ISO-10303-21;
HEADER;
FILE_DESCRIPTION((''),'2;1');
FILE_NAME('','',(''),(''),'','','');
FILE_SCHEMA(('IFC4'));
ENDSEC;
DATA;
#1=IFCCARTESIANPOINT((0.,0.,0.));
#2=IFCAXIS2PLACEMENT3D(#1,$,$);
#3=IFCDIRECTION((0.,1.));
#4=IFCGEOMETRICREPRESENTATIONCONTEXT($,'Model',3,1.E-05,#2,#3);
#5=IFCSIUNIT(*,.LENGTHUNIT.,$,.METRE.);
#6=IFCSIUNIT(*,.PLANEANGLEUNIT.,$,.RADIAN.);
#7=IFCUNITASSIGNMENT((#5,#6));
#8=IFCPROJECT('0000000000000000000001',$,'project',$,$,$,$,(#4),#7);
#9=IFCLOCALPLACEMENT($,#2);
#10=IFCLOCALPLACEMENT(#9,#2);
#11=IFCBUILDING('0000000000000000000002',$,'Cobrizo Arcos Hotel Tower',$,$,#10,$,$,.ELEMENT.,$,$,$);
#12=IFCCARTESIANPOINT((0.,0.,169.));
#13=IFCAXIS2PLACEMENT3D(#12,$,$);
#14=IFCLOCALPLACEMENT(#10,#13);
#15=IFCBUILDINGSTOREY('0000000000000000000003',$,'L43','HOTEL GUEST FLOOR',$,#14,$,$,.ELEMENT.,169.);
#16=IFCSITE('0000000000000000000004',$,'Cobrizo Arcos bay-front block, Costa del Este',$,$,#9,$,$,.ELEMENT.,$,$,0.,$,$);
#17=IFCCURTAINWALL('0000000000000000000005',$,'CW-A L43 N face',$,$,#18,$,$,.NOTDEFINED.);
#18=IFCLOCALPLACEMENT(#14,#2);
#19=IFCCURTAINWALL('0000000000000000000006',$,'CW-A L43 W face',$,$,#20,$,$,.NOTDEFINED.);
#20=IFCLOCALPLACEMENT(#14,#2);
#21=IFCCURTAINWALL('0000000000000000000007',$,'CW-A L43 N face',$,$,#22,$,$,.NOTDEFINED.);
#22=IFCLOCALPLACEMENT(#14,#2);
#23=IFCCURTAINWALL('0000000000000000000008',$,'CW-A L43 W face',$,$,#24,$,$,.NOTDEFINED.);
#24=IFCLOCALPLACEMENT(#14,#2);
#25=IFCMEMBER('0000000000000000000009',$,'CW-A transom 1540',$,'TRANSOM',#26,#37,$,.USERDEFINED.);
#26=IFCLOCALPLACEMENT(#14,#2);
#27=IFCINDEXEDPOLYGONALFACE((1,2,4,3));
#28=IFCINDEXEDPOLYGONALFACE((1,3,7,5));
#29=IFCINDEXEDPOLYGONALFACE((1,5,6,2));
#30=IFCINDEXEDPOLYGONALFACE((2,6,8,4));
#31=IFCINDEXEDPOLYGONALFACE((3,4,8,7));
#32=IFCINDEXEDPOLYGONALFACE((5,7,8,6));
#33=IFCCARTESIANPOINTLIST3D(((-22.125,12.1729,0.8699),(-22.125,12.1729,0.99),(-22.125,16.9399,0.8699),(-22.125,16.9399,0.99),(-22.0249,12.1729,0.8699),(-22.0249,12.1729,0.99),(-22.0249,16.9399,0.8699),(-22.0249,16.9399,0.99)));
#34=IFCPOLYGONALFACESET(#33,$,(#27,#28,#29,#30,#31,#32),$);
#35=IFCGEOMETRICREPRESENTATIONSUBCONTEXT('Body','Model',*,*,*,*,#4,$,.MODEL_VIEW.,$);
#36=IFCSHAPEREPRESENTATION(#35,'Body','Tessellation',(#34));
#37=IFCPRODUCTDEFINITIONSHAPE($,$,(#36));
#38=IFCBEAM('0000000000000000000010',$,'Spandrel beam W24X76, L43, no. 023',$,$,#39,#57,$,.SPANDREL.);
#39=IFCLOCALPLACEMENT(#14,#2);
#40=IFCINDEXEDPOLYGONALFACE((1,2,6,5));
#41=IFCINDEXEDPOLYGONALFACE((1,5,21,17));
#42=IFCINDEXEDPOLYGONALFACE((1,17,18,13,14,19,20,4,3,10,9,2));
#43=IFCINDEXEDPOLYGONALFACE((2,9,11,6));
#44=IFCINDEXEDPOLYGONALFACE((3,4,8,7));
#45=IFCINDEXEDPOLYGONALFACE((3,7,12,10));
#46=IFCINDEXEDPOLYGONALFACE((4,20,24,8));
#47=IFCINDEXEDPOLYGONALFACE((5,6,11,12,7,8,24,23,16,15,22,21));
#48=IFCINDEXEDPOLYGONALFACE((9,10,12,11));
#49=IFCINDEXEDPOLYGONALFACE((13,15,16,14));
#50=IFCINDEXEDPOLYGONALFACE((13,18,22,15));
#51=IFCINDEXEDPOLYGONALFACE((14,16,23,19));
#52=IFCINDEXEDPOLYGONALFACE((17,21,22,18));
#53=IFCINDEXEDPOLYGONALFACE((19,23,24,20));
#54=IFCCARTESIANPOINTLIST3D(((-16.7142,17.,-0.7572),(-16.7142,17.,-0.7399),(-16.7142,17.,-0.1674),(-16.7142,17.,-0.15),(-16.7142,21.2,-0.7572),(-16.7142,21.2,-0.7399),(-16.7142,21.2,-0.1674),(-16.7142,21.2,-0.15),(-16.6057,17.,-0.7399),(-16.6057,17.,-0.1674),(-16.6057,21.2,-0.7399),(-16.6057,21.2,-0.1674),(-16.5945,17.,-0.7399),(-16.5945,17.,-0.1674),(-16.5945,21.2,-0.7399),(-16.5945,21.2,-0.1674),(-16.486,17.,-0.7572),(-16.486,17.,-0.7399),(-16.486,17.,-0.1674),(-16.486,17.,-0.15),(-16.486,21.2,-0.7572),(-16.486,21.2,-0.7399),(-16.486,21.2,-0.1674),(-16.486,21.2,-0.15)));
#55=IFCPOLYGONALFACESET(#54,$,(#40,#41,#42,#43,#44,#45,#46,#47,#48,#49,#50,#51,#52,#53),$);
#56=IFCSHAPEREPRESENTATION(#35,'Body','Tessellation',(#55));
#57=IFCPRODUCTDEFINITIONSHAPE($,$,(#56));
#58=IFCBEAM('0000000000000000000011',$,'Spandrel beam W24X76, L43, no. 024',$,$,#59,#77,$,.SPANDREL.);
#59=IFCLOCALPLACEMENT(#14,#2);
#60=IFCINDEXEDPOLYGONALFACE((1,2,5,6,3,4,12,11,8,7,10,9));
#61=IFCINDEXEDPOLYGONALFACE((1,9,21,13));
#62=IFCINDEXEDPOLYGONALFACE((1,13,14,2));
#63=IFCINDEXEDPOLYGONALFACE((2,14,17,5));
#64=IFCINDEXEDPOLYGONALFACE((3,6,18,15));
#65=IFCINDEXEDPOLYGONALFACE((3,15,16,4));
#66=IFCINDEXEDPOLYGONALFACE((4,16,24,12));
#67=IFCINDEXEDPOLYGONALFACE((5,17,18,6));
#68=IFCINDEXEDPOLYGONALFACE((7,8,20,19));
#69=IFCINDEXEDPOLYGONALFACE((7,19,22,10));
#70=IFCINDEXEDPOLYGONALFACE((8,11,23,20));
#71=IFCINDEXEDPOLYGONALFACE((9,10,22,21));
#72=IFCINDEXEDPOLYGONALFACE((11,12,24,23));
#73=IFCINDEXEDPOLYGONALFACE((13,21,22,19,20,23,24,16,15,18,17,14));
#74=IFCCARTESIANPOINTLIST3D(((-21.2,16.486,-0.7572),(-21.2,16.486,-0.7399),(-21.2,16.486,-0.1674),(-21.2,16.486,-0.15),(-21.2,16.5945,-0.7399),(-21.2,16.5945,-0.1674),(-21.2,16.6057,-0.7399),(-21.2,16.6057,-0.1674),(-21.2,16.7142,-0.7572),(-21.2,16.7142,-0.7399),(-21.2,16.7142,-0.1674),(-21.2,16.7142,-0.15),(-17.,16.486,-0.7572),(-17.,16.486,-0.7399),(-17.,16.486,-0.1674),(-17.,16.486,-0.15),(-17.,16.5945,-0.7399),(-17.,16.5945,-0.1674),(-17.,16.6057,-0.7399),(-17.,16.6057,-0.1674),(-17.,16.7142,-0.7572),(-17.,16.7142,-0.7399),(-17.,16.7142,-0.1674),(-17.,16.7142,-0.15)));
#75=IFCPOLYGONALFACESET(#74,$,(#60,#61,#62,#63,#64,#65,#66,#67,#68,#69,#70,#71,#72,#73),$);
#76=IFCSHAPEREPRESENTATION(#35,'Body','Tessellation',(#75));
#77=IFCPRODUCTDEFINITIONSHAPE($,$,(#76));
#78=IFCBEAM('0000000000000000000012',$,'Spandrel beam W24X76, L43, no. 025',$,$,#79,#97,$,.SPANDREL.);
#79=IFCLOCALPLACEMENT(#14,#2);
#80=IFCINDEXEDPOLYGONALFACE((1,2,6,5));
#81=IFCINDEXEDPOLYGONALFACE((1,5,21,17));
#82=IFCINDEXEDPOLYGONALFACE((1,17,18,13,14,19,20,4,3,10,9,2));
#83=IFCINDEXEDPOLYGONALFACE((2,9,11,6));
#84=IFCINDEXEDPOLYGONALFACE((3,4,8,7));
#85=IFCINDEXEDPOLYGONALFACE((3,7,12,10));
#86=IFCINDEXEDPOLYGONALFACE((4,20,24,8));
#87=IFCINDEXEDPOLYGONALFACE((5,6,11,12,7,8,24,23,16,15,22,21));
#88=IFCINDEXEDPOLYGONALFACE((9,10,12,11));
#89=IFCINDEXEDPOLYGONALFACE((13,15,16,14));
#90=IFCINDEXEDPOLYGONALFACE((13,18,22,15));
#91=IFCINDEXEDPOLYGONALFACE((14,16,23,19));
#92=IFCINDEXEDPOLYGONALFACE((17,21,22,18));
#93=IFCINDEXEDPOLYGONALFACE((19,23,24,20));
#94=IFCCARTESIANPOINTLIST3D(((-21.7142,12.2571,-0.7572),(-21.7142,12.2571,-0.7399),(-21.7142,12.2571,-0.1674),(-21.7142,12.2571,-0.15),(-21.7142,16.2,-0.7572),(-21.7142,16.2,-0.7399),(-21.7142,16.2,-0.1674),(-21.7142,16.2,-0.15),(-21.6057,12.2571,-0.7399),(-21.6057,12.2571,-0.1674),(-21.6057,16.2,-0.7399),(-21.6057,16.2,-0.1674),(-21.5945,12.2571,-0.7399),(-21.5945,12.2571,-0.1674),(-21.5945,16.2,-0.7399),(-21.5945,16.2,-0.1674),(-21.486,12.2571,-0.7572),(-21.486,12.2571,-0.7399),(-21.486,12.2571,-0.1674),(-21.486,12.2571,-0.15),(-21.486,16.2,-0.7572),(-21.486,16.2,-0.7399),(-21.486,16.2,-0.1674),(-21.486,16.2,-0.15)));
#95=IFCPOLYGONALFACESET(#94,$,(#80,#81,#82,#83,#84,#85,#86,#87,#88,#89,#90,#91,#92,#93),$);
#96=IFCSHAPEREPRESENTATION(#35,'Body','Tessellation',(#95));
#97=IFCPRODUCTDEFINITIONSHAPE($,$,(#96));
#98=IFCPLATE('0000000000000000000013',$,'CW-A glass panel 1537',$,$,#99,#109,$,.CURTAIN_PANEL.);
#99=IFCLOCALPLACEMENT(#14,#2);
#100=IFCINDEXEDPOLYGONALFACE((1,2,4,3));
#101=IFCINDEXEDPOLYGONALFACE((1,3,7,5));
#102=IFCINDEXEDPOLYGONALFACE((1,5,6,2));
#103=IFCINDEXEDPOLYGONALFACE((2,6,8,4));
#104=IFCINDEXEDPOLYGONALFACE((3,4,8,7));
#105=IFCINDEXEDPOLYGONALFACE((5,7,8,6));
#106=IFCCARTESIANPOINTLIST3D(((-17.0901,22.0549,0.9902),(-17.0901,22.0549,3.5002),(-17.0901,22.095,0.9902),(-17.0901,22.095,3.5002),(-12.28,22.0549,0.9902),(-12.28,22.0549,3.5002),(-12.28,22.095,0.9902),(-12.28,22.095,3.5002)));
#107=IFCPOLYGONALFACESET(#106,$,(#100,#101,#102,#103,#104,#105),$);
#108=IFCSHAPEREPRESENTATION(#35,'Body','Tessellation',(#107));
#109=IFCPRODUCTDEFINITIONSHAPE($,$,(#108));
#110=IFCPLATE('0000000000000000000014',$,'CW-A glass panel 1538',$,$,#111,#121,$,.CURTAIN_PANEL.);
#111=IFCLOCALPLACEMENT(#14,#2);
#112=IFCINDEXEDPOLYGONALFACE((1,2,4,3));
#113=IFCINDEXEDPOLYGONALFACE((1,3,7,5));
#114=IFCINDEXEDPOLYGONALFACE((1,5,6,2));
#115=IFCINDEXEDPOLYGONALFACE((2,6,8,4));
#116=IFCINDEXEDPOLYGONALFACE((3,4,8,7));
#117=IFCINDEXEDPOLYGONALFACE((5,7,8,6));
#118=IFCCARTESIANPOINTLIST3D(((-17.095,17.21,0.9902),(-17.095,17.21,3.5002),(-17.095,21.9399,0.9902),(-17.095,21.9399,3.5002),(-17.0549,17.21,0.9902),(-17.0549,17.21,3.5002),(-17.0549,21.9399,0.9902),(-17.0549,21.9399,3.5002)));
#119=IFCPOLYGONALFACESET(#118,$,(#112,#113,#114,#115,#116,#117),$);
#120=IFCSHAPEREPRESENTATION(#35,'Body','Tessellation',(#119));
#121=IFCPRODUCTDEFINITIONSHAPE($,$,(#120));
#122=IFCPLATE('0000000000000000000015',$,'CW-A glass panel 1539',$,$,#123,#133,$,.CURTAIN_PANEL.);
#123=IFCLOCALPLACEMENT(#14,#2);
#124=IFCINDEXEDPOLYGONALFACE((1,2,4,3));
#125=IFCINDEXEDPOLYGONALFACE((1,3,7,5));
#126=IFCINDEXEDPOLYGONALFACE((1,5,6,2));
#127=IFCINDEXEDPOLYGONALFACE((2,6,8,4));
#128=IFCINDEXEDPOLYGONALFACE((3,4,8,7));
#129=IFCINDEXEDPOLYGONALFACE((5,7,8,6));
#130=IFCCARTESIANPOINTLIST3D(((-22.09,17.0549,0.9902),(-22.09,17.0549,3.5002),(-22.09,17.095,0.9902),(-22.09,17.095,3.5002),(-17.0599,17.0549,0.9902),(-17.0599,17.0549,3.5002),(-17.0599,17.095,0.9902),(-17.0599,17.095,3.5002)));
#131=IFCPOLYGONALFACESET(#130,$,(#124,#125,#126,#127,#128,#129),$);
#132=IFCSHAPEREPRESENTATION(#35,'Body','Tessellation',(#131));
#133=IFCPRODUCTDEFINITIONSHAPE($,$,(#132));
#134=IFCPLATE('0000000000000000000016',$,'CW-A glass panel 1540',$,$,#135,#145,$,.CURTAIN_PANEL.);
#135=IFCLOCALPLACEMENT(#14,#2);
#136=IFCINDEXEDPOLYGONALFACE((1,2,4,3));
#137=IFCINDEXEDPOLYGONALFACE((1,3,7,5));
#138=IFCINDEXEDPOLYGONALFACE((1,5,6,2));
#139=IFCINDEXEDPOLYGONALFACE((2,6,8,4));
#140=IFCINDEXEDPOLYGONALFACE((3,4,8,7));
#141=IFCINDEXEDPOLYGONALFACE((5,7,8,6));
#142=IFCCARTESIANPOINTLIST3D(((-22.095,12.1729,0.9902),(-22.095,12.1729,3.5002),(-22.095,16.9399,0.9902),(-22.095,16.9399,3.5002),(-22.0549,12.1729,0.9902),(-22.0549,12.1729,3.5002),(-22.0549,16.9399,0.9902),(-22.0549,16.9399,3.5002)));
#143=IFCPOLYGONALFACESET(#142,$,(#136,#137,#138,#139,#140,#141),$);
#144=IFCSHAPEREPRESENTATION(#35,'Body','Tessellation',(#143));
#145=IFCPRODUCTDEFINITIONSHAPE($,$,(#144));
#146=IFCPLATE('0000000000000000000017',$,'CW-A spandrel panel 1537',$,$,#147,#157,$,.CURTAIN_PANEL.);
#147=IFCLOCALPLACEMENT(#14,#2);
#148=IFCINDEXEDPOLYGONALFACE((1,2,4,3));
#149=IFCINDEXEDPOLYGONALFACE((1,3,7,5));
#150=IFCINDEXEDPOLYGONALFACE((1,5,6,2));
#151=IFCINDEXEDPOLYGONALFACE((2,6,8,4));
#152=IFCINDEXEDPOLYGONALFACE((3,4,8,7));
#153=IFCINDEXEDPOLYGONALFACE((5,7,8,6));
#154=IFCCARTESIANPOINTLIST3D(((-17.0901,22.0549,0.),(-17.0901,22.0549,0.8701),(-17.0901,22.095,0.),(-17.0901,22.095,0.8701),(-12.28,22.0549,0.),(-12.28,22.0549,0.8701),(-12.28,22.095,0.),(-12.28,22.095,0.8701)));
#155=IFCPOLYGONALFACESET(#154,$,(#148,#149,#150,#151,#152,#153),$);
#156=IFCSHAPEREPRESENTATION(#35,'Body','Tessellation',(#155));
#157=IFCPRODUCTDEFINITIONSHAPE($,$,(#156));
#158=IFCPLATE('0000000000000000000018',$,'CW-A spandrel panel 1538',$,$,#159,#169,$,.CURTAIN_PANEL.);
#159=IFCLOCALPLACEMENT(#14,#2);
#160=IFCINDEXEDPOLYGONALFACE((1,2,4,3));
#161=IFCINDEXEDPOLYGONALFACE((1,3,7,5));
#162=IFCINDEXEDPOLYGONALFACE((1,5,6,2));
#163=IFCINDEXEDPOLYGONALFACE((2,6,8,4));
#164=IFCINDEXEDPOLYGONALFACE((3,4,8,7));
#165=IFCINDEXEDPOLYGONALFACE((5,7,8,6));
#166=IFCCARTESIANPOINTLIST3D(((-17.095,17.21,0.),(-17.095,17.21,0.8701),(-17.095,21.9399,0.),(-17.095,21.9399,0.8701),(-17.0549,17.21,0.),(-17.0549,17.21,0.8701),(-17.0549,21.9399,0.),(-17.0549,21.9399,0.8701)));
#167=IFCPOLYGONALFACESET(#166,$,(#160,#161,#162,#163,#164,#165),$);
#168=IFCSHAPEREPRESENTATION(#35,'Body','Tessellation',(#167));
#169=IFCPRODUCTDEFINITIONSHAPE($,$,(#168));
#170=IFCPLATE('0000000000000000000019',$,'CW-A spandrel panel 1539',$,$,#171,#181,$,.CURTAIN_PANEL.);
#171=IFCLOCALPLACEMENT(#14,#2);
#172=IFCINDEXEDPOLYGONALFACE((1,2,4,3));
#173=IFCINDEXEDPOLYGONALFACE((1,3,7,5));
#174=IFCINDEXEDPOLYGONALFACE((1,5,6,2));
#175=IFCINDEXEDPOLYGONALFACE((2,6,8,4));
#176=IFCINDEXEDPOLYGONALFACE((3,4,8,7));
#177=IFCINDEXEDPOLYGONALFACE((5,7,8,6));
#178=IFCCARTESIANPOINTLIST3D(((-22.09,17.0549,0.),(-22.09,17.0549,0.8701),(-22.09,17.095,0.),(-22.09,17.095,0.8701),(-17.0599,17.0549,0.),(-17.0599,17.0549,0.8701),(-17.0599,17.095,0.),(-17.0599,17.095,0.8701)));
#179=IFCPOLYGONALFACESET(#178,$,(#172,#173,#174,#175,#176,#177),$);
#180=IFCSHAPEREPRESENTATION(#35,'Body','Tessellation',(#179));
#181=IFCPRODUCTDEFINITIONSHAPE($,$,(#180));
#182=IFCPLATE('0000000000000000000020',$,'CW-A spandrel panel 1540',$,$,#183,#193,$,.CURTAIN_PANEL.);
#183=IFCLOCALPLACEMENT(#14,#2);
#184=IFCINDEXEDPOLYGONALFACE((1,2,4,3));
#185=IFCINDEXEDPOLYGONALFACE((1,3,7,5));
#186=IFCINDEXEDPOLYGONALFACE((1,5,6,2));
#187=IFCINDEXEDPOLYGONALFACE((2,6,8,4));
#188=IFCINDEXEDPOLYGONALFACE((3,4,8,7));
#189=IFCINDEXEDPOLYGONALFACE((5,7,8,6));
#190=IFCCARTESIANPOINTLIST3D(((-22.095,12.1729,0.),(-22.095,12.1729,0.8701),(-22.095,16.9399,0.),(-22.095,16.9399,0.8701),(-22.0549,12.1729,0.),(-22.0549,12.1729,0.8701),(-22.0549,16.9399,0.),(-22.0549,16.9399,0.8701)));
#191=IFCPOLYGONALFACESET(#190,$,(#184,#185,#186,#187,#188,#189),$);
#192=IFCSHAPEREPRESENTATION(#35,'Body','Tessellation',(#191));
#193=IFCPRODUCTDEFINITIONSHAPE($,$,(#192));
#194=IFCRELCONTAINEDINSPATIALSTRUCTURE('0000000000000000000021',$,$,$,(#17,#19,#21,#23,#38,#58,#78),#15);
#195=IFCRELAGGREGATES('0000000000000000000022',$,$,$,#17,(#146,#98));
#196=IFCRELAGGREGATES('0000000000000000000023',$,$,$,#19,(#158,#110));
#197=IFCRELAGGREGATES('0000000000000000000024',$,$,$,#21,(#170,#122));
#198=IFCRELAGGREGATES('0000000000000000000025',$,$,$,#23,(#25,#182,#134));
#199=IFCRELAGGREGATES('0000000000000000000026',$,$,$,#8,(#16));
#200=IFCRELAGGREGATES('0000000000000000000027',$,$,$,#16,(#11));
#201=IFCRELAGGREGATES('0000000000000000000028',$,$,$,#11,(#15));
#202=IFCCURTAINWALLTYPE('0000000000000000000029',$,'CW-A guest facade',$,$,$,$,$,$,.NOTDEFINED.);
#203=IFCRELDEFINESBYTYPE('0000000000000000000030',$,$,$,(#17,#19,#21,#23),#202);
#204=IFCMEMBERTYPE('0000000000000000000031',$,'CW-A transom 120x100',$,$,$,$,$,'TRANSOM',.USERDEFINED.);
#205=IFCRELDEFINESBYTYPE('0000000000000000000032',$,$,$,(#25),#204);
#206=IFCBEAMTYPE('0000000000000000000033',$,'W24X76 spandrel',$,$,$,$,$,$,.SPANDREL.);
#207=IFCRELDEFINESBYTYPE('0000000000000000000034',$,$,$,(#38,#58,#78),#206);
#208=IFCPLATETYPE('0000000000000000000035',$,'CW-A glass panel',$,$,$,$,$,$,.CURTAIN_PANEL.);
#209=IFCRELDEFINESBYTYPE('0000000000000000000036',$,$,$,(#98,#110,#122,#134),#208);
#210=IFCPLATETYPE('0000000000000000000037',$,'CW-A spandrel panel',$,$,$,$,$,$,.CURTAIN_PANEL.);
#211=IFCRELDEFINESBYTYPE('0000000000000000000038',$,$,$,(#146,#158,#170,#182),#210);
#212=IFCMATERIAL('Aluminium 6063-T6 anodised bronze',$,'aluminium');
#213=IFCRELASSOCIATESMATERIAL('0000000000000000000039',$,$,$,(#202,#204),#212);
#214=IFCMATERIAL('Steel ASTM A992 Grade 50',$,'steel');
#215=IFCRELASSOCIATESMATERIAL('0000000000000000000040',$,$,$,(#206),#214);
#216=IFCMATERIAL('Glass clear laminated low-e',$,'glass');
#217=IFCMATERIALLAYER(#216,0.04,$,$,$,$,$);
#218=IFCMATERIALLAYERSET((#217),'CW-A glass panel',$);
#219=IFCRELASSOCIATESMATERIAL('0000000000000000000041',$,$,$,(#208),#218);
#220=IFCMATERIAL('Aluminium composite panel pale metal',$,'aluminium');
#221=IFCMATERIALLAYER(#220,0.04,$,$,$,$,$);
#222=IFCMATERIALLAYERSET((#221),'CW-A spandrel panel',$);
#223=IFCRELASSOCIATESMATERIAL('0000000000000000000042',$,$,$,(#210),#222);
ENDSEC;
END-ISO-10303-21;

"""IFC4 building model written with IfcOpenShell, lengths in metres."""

from ifc_helpers import new_model, si_unit, direction, frame, origin, origin_2d, place, context, subcontext, project, spatial, rectangle, i_section, extrude, material, layer, layer_set, material_profile, profile_set, type_object, element, aggregate, save


model = new_model("IFC4")

# Units and contexts
model_context = context("Model", 3, precision=1e-05, world=origin(), true_north=direction((0.0, 1.0)))
body_context = subcontext(model_context, "Body", "Model", "MODEL_VIEW")
ifc_project = project(units=[si_unit("LENGTHUNIT", "METRE"), si_unit("PLANEANGLEUNIT", "RADIAN")], contexts=[model_context])

# Site, building, storey
site_placement = place(None, origin())
site = spatial("IfcSite", under=ifc_project, at=site_placement, Name="Cobrizo Arcos bay-front block, Costa del Este", CompositionType="ELEMENT", RefElevation=0.0)
building_placement = place(site_placement, origin())
building = spatial("IfcBuilding", under=site, at=building_placement, Name="Cobrizo Arcos Hotel Tower", CompositionType="ELEMENT")
storey_placement = place(building_placement, frame((0.0, 0.0, 169.0)))
storey = spatial("IfcBuildingStorey", under=building, at=storey_placement, Name="L43", Description="HOTEL GUEST FLOOR", CompositionType="ELEMENT", Elevation=169.0)

# Curtain wall
ifc_material_1 = material(Name="Aluminium 6063-T6 anodised bronze", Category="aluminium")
curtain_wall_type = type_object("IfcCurtainWallType", Name="CW-A guest facade", PredefinedType="NOTDEFINED", material=ifc_material_1)
curtain_wall_1_placement = place(storey_placement, origin())
curtain_wall_1 = element("IfcCurtainWall", 1, at=curtain_wall_1_placement, inside=storey, type_object=curtain_wall_type, Name="CW-A L43 N face", PredefinedType="NOTDEFINED")

# Curtain walls
curtain_wall_2_placement = place(storey_placement, origin())
curtain_wall_2 = element("IfcCurtainWall", 2, at=curtain_wall_2_placement, inside=storey, type_object=curtain_wall_type, Name="CW-A L43 W face", PredefinedType="NOTDEFINED")
curtain_wall_3_placement = place(storey_placement, origin())
curtain_wall_3 = element("IfcCurtainWall", 3, at=curtain_wall_3_placement, inside=storey, type_object=curtain_wall_type, Name="CW-A L43 N face", PredefinedType="NOTDEFINED")

# Curtain wall
curtain_wall_4_placement = place(storey_placement, origin())
curtain_wall_4 = element("IfcCurtainWall", 4, at=curtain_wall_4_placement, inside=storey, type_object=curtain_wall_type, Name="CW-A L43 W face", PredefinedType="NOTDEFINED")

# Member
ifc_material_profile_1 = material_profile(ifc_material_1, rectangle(XDim=0.1001, YDim=0.1201, at=origin_2d()), Name="CW-A transom 120x100")
ifc_profile_set_1 = profile_set([ifc_material_profile_1], Name="Aluminium 6063-T6 anodised bronze")
member_type_1 = type_object("IfcMemberType", Name="CW-A transom 120x100", ElementType="TRANSOM", PredefinedType="USERDEFINED", material=ifc_profile_set_1)
member_1_placement = place(storey_placement, frame((-22.075, 16.9399, 0.9299), z_axis=(0.0, -1.0, 0.0), x_axis=(1.0, 0.0, 0.0)))
member_1 = element("IfcMember", 5, at=member_1_placement, type_object=member_type_1, Name="CW-A transom 1540", ObjectType="TRANSOM", PredefinedType="USERDEFINED", context=body_context, shape_type="SweptSolid", body=[
    extrude(rectangle(XDim=0.1001, YDim=0.1201, at=origin_2d()), origin(), (0.0, 0.0, 1.0), 4.7671),
])

# Beams
ifc_material_2 = material(Name="Steel ASTM A992 Grade 50", Category="steel")
ifc_material_profile_2 = material_profile(ifc_material_2, i_section(OverallWidth=0.2283, OverallDepth=0.6072, WebThickness=0.0112, FlangeThickness=0.0173, at=origin_2d()), Name="W24X76")
ifc_profile_set_2 = profile_set([ifc_material_profile_2], Name="Steel ASTM A992 Grade 50")
beam_type_1 = type_object("IfcBeamType", Name="W24X76 spandrel", PredefinedType="SPANDREL", material=ifc_profile_set_2)
for number, where, z_axis, x_axis, name in (
    (6, (-16.6001, 21.2, -0.4536), (0.0, -1.0, 0.0), (1.0, 0.0, 0.0), "Spandrel beam W24X76, L43, no. 023"),
    (7, (-17.0, 16.6001, -0.4536), (-1.0, 0.0, 0.0), (0.0, -1.0, 0.0), "Spandrel beam W24X76, L43, no. 024"),
):
    element("IfcBeam", number, at=place(storey_placement, frame(where, z_axis=z_axis, x_axis=x_axis)), inside=storey, type_object=beam_type_1, Name=name, PredefinedType="SPANDREL", context=body_context, shape_type="SweptSolid", body=[
        extrude(i_section(OverallWidth=0.2283, OverallDepth=0.6072, WebThickness=0.0112, FlangeThickness=0.0173, at=origin_2d()), origin(), (0.0, 0.0, 1.0), 4.2),
    ])
beam_1_placement = place(storey_placement, frame((-21.6001, 16.2, -0.4536), z_axis=(0.0, -1.0, 0.0), x_axis=(1.0, 0.0, 0.0)))
element("IfcBeam", 8, at=beam_1_placement, inside=storey, type_object=beam_type_1, Name="Spandrel beam W24X76, L43, no. 025", PredefinedType="SPANDREL", context=body_context, shape_type="SweptSolid", body=[
    extrude(i_section(OverallWidth=0.2283, OverallDepth=0.6072, WebThickness=0.0112, FlangeThickness=0.0173, at=origin_2d()), origin(), (0.0, 0.0, 1.0), 3.9429),
])

# Plates
ifc_material_3 = material(Name="Glass clear laminated low-e", Category="glass")
ifc_layer_1 = layer(ifc_material_3, 0.04)
ifc_layer_set_1 = layer_set([ifc_layer_1], Name="CW-A glass panel")
plate_type_1 = type_object("IfcPlateType", Name="CW-A glass panel", PredefinedType="CURTAIN_PANEL", material=ifc_layer_set_1)
plate_1_placement = place(storey_placement, frame((-14.6851, 22.075, 0.9902), z_axis=(0.0, 0.0, 1.0), x_axis=(-1.0, 0.0, 0.0)))
plate_1 = element("IfcPlate", 9, at=plate_1_placement, type_object=plate_type_1, Name="CW-A glass panel 1537", PredefinedType="CURTAIN_PANEL", context=body_context, shape_type="SweptSolid", body=[
    extrude(rectangle(XDim=4.8101, YDim=0.04, at=origin_2d()), origin(), (0.0, 0.0, 1.0), 2.51),
])
plate_2_placement = place(storey_placement, frame((-17.075, 19.575, 0.9902), z_axis=(0.0, 0.0, 1.0), x_axis=(0.0, -1.0, 0.0)))
plate_2 = element("IfcPlate", 10, at=plate_2_placement, type_object=plate_type_1, Name="CW-A glass panel 1538", PredefinedType="CURTAIN_PANEL", context=body_context, shape_type="SweptSolid", body=[
    extrude(rectangle(XDim=4.73, YDim=0.04, at=origin_2d()), origin(), (0.0, 0.0, 1.0), 2.51),
])
plate_3_placement = place(storey_placement, frame((-19.575, 17.075, 0.9902), z_axis=(0.0, 0.0, 1.0), x_axis=(-1.0, 0.0, 0.0)))
plate_3 = element("IfcPlate", 11, at=plate_3_placement, type_object=plate_type_1, Name="CW-A glass panel 1539", PredefinedType="CURTAIN_PANEL", context=body_context, shape_type="SweptSolid", body=[
    extrude(rectangle(XDim=5.03, YDim=0.04, at=origin_2d()), origin(), (0.0, 0.0, 1.0), 2.51),
])
plate_4_placement = place(storey_placement, frame((-22.075, 14.5564, 0.9902), z_axis=(0.0, 0.0, 1.0), x_axis=(0.0, -1.0, 0.0)))
plate_4 = element("IfcPlate", 12, at=plate_4_placement, type_object=plate_type_1, Name="CW-A glass panel 1540", PredefinedType="CURTAIN_PANEL", context=body_context, shape_type="SweptSolid", body=[
    extrude(rectangle(XDim=4.7671, YDim=0.04, at=origin_2d()), origin(), (0.0, 0.0, 1.0), 2.51),
])
ifc_material_4 = material(Name="Aluminium composite panel pale metal", Category="aluminium")
ifc_layer_2 = layer(ifc_material_4, 0.04)
ifc_layer_set_2 = layer_set([ifc_layer_2], Name="CW-A spandrel panel")
plate_type_2 = type_object("IfcPlateType", Name="CW-A spandrel panel", PredefinedType="CURTAIN_PANEL", material=ifc_layer_set_2)
plate_5_placement = place(storey_placement, frame((-14.6851, 22.075, 0.0), z_axis=(0.0, 0.0, 1.0), x_axis=(-1.0, 0.0, 0.0)))
plate_5 = element("IfcPlate", 13, at=plate_5_placement, type_object=plate_type_2, Name="CW-A spandrel panel 1537", PredefinedType="CURTAIN_PANEL", context=body_context, shape_type="SweptSolid", body=[
    extrude(rectangle(XDim=4.8101, YDim=0.04, at=origin_2d()), origin(), (0.0, 0.0, 1.0), 0.8701),
])
aggregate(curtain_wall_1, [plate_5, plate_1])
plate_6_placement = place(storey_placement, frame((-17.075, 19.575, 0.0), z_axis=(0.0, 0.0, 1.0), x_axis=(0.0, -1.0, 0.0)))
plate_6 = element("IfcPlate", 14, at=plate_6_placement, type_object=plate_type_2, Name="CW-A spandrel panel 1538", PredefinedType="CURTAIN_PANEL", context=body_context, shape_type="SweptSolid", body=[
    extrude(rectangle(XDim=4.73, YDim=0.04, at=origin_2d()), origin(), (0.0, 0.0, 1.0), 0.8701),
])
aggregate(curtain_wall_2, [plate_6, plate_2])
plate_7_placement = place(storey_placement, frame((-19.575, 17.075, 0.0), z_axis=(0.0, 0.0, 1.0), x_axis=(-1.0, 0.0, 0.0)))
plate_7 = element("IfcPlate", 15, at=plate_7_placement, type_object=plate_type_2, Name="CW-A spandrel panel 1539", PredefinedType="CURTAIN_PANEL", context=body_context, shape_type="SweptSolid", body=[
    extrude(rectangle(XDim=5.03, YDim=0.04, at=origin_2d()), origin(), (0.0, 0.0, 1.0), 0.8701),
])
aggregate(curtain_wall_3, [plate_7, plate_3])
plate_8_placement = place(storey_placement, frame((-22.075, 14.5564, 0.0), z_axis=(0.0, 0.0, 1.0), x_axis=(0.0, -1.0, 0.0)))
plate_8 = element("IfcPlate", 16, at=plate_8_placement, type_object=plate_type_2, Name="CW-A spandrel panel 1540", PredefinedType="CURTAIN_PANEL", context=body_context, shape_type="SweptSolid", body=[
    extrude(rectangle(XDim=4.7671, YDim=0.04, at=origin_2d()), origin(), (0.0, 0.0, 1.0), 0.8701),
])
aggregate(curtain_wall_4, [member_1, plate_8, plate_4])

save(model, "model.ifc")
